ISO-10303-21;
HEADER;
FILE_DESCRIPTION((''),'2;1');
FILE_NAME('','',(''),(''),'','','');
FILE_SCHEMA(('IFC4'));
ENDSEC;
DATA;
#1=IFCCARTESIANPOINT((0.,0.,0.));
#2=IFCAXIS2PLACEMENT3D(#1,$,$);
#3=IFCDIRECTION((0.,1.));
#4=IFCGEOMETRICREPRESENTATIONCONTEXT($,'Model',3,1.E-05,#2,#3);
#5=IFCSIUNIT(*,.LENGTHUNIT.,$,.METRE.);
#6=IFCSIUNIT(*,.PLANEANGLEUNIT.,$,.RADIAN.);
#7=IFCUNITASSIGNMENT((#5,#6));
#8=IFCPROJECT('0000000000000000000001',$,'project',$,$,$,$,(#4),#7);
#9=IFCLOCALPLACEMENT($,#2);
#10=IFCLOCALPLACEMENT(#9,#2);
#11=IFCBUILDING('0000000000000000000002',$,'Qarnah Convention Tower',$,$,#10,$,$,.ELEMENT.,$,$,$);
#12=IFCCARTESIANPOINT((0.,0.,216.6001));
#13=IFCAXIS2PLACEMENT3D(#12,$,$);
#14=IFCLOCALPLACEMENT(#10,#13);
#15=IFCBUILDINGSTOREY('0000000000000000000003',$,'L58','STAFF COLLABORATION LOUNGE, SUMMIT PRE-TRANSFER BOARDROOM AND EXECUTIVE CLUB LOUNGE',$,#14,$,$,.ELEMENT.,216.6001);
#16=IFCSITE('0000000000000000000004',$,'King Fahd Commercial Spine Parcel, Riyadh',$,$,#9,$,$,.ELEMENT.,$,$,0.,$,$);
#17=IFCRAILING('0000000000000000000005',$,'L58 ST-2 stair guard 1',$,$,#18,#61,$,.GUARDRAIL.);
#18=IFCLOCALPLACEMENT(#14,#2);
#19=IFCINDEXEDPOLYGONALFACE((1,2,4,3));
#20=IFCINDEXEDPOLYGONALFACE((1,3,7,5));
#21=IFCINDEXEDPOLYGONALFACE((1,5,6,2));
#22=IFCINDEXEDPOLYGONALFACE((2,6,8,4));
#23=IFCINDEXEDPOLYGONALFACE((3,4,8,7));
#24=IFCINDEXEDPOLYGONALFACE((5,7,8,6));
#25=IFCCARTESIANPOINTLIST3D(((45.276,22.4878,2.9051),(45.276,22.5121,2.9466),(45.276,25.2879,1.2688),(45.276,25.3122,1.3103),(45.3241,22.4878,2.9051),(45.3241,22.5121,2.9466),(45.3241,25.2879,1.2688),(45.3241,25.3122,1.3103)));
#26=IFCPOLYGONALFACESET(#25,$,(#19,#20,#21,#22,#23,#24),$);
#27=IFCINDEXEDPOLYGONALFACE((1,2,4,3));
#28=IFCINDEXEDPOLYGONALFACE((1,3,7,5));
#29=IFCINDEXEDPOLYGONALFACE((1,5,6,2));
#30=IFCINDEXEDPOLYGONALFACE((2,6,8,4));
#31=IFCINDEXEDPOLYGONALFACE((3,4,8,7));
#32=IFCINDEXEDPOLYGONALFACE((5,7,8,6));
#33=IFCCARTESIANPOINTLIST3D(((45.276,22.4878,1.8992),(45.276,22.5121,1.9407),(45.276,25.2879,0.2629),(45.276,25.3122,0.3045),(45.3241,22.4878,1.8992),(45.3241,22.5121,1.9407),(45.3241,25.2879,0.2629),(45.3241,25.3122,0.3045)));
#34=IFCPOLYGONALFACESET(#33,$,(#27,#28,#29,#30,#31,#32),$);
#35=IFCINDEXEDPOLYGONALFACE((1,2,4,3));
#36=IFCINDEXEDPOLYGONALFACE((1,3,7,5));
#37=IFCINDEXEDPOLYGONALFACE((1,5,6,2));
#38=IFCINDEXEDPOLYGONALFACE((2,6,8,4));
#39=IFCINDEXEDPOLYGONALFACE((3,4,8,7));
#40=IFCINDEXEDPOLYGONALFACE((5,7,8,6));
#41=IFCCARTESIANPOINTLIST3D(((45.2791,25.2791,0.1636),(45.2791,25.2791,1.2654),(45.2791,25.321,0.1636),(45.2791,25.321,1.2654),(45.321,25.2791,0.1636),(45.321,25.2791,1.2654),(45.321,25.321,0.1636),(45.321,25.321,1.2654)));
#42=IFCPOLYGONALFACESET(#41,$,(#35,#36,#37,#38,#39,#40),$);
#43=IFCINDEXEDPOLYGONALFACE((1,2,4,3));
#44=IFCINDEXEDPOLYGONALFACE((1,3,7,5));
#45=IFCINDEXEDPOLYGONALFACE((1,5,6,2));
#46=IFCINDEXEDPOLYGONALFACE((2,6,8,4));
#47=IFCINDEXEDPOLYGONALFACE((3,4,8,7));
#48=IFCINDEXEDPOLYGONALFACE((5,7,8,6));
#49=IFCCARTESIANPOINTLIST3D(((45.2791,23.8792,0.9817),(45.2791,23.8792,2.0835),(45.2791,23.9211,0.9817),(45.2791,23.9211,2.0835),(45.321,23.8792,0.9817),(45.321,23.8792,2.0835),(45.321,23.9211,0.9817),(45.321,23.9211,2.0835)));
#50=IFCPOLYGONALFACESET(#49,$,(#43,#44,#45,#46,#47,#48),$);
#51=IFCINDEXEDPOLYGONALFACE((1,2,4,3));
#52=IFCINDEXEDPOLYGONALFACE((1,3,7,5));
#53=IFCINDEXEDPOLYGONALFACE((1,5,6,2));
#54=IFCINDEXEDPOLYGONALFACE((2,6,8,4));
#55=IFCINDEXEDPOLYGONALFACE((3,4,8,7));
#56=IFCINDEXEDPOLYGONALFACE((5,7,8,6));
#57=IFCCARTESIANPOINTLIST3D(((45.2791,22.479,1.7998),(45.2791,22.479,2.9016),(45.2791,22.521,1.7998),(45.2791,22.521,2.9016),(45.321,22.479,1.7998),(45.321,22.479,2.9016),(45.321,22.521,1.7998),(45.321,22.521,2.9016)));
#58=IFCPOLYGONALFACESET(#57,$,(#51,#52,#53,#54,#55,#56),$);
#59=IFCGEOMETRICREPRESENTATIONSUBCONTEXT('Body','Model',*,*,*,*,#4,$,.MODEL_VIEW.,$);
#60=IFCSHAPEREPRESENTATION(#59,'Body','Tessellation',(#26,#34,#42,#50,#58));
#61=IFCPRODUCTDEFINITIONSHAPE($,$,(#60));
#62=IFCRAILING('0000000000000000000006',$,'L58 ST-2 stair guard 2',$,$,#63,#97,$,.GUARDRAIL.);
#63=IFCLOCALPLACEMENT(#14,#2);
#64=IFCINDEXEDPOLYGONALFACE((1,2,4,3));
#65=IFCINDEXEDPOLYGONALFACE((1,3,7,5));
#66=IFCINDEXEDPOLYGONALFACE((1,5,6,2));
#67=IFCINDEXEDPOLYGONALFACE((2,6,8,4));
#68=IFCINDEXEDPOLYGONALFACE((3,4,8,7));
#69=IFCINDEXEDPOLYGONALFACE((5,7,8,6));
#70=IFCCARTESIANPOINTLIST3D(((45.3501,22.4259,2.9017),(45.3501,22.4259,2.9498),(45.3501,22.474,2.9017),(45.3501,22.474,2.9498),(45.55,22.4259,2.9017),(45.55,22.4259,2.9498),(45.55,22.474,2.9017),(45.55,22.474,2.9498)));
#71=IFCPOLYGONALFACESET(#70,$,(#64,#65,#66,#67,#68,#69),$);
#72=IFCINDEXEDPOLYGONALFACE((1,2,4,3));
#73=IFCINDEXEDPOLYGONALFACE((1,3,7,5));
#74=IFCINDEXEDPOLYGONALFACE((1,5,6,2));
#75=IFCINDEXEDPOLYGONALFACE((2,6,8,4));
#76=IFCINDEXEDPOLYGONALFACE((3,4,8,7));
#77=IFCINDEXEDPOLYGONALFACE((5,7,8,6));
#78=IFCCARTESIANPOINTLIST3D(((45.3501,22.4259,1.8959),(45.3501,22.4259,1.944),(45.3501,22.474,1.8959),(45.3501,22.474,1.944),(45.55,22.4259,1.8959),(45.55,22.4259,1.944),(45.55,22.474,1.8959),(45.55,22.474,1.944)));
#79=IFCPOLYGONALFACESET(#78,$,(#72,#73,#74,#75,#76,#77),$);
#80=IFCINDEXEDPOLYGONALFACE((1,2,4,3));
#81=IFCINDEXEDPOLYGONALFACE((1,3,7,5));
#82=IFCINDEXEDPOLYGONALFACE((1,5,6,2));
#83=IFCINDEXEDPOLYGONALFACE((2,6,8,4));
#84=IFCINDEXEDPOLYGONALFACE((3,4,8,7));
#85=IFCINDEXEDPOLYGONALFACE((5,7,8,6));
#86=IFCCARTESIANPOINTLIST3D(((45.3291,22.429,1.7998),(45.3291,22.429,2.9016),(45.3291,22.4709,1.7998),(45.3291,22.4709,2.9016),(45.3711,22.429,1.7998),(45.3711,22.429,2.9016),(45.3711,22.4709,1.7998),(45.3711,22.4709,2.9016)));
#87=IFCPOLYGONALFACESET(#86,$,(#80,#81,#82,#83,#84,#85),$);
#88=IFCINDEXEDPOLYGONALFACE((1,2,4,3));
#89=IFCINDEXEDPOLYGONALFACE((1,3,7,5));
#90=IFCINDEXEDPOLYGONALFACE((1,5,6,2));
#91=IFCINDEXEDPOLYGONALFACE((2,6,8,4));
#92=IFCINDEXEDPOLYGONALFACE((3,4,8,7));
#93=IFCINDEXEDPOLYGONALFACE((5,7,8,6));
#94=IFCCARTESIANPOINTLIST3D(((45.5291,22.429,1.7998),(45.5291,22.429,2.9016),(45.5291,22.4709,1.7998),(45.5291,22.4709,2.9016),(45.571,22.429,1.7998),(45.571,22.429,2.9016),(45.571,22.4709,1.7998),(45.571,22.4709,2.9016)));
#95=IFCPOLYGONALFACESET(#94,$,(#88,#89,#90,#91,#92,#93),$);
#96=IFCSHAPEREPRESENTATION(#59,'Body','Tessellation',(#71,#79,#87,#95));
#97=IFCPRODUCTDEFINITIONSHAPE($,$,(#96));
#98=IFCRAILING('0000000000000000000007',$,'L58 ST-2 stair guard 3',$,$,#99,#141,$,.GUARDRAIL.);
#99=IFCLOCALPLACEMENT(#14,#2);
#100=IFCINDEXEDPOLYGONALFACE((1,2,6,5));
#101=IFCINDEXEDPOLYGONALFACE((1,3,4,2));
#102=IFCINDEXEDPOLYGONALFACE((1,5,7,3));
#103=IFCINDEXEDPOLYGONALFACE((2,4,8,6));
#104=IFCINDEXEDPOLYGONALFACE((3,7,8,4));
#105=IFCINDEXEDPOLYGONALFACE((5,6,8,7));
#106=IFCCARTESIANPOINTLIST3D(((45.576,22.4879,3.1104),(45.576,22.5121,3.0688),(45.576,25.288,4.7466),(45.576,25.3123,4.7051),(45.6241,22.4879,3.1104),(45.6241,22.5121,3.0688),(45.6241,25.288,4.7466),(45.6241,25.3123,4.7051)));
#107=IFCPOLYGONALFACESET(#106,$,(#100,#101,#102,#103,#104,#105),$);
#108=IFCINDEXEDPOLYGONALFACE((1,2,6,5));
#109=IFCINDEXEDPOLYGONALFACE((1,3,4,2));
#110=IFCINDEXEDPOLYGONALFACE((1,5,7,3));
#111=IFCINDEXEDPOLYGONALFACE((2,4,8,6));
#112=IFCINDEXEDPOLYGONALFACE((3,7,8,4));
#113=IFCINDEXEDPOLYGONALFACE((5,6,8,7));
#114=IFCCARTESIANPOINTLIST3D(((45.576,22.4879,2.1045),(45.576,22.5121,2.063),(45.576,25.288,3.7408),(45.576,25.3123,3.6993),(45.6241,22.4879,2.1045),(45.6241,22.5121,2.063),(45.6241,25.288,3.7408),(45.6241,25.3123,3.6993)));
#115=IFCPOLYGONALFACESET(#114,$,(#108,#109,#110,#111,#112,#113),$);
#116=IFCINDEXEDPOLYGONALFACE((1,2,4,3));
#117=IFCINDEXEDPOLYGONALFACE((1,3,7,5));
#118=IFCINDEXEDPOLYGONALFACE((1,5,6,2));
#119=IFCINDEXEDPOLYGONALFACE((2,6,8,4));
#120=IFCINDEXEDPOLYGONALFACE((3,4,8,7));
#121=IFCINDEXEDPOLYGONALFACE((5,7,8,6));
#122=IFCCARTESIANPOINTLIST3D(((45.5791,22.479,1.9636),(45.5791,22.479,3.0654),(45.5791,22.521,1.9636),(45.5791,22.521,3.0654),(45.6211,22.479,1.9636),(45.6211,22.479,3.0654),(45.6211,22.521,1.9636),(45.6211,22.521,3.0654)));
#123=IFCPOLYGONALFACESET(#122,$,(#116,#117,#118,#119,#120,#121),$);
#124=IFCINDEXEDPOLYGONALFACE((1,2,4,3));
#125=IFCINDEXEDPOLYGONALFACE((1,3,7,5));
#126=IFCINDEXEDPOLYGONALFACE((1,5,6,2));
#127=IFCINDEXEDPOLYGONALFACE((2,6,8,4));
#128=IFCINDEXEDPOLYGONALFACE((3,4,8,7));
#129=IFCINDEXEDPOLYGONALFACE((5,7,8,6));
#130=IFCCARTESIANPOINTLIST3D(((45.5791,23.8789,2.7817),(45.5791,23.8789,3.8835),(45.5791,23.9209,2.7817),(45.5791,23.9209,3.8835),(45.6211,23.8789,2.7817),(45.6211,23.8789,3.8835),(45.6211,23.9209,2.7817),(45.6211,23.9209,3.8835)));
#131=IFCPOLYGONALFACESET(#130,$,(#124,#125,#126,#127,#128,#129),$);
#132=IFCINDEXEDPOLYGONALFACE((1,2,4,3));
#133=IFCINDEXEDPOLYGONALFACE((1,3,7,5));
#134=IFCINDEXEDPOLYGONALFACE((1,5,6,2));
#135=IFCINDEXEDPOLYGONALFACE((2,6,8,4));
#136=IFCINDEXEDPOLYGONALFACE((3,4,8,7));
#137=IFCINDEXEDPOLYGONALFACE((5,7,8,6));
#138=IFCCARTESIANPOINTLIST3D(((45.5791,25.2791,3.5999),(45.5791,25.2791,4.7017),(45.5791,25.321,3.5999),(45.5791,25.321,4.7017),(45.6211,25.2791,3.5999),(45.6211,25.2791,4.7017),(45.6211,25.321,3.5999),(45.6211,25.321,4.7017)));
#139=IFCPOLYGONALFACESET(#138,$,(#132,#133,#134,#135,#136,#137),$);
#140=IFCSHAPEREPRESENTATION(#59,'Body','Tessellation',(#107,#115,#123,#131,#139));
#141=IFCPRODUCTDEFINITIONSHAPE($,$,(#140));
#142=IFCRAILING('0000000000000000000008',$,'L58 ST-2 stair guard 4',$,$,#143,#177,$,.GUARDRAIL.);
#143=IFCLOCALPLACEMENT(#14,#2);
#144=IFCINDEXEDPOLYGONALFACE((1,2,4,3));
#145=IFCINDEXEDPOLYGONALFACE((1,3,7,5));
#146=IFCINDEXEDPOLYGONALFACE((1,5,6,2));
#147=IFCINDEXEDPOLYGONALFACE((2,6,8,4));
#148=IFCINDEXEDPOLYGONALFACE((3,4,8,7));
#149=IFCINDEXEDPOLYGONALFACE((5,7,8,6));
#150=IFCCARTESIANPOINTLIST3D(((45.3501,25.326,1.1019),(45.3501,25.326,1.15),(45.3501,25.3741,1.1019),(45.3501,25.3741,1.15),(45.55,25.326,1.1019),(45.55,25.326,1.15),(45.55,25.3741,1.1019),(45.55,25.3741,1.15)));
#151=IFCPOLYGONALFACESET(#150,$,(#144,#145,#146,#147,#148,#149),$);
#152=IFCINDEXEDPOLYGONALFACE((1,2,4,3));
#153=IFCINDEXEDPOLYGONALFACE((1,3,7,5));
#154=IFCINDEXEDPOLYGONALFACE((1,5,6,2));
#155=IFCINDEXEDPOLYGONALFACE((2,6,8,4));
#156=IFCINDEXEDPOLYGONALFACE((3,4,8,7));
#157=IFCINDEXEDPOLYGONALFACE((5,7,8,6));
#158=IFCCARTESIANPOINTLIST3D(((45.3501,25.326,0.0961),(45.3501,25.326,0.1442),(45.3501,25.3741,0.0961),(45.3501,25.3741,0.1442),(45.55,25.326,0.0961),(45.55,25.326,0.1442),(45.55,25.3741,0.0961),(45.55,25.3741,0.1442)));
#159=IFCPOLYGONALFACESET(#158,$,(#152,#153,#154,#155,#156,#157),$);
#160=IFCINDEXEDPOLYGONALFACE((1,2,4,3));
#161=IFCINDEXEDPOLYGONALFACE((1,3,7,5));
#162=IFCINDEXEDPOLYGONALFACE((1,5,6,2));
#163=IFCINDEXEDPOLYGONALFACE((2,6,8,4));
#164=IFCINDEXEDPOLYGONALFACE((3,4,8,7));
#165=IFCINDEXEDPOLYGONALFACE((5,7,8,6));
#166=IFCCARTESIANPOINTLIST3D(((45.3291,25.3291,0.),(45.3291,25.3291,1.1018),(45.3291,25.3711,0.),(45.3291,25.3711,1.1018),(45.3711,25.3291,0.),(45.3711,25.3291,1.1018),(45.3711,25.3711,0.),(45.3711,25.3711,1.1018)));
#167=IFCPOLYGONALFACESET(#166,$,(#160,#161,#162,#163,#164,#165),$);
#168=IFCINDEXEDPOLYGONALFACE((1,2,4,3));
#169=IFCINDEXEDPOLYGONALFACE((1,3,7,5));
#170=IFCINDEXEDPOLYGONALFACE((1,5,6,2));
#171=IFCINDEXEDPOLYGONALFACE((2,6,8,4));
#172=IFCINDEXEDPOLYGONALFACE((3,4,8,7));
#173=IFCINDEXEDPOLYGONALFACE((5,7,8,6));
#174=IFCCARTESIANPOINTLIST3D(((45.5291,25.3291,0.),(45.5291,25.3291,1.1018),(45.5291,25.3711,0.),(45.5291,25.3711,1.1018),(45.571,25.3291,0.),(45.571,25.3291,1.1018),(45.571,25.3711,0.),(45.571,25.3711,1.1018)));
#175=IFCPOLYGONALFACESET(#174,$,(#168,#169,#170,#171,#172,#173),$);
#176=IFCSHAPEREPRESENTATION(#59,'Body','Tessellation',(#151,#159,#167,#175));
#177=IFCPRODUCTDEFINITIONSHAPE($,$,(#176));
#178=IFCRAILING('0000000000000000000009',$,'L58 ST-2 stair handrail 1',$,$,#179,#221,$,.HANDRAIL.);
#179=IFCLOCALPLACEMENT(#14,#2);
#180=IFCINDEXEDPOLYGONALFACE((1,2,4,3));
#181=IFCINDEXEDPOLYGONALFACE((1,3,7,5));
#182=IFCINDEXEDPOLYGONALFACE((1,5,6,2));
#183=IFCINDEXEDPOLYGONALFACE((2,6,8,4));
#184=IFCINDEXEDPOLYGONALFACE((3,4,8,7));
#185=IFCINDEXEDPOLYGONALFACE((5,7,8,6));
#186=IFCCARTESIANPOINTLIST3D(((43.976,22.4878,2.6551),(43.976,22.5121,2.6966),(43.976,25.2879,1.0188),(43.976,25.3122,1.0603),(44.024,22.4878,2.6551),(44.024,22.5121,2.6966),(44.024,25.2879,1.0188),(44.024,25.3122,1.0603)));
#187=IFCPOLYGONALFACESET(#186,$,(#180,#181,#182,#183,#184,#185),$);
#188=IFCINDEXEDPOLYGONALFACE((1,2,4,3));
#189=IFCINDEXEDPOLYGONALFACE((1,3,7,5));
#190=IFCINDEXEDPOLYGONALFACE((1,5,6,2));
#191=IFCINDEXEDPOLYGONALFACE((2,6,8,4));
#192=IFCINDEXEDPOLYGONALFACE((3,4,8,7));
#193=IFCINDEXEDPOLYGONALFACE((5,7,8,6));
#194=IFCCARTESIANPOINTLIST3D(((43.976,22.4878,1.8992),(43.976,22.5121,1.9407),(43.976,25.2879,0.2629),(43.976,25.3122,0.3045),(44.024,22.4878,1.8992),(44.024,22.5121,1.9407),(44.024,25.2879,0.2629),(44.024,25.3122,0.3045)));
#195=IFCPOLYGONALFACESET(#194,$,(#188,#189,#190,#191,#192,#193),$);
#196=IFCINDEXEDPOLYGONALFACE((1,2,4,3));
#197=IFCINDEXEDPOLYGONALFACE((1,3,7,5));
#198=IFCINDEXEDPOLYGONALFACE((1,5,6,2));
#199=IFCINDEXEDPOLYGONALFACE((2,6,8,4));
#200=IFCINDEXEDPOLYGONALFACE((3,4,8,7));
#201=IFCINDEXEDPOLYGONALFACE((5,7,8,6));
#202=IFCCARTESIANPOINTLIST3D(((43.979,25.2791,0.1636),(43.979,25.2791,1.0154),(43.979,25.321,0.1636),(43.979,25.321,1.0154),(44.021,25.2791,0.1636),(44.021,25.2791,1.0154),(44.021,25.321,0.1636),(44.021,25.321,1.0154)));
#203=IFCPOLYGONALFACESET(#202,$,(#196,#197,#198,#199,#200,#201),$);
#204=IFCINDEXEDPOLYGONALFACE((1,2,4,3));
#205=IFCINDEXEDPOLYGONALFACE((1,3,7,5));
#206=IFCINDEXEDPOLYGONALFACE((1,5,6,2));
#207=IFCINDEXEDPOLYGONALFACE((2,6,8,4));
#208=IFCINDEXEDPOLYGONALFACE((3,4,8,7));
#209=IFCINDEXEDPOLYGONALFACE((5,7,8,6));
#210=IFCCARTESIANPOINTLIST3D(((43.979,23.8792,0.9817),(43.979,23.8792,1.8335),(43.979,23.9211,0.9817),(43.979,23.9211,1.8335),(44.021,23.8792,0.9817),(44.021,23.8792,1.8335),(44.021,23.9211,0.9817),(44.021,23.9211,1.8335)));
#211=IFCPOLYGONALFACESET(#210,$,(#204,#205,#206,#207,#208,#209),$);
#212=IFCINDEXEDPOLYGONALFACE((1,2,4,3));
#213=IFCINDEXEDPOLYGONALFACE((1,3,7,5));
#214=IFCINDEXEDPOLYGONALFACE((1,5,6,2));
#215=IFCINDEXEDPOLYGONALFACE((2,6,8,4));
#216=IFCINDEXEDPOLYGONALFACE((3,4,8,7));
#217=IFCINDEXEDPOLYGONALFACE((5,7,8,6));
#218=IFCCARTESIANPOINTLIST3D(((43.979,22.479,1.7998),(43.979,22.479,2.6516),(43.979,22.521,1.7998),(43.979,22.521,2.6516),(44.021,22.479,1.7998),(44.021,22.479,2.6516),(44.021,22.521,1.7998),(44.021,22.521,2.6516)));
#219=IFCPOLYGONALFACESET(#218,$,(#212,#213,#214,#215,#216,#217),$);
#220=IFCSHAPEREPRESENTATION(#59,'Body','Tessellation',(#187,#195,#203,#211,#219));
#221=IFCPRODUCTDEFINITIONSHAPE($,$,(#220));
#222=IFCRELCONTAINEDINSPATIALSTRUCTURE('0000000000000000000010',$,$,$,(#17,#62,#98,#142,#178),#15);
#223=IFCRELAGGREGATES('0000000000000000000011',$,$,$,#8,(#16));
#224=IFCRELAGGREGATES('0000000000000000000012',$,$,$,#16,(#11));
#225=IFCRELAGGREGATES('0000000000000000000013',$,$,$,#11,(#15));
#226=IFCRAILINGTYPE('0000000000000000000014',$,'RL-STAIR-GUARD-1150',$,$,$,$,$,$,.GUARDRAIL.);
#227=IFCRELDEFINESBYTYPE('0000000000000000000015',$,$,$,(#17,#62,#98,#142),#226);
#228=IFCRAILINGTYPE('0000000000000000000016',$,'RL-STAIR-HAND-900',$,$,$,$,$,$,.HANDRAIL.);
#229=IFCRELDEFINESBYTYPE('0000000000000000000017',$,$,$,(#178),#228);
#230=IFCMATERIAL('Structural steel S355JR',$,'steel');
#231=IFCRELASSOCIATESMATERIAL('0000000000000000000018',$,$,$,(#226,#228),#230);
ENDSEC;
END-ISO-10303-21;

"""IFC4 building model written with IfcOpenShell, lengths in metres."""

from ifc_helpers import new_model, si_unit, direction, frame, origin, origin_2d, place, context, subcontext, project, spatial, rectangle, extrude, material, type_object, element, save


model = new_model("IFC4")

# Units and contexts
model_context = context("Model", 3, precision=1e-05, world=origin(), true_north=direction((0.0, 1.0)))
body_context = subcontext(model_context, "Body", "Model", "MODEL_VIEW")
ifc_project = project(units=[si_unit("LENGTHUNIT", "METRE"), si_unit("PLANEANGLEUNIT", "RADIAN")], contexts=[model_context])

# Site, building, storey
site_placement = place(None, origin())
site = spatial("IfcSite", under=ifc_project, at=site_placement, Name="King Fahd Commercial Spine Parcel, Riyadh", CompositionType="ELEMENT", RefElevation=0.0)
building_placement = place(site_placement, origin())
building = spatial("IfcBuilding", under=site, at=building_placement, Name="Qarnah Convention Tower", CompositionType="ELEMENT")
storey_placement = place(building_placement, frame((0.0, 0.0, 216.6001)))
storey = spatial("IfcBuildingStorey", under=building, at=storey_placement, Name="L58", Description="STAFF COLLABORATION LOUNGE, SUMMIT PRE-TRANSFER BOARDROOM AND EXECUTIVE CLUB LOUNGE", CompositionType="ELEMENT", Elevation=216.6001)

# Shared definitions
ifc_material_1 = material(Name="Structural steel S355JR", Category="steel")

# Railings
railing_type_1 = type_object("IfcRailingType", Name="RL-STAIR-GUARD-1150", PredefinedType="GUARDRAIL", material=ifc_material_1)
railing_1_placement = place(storey_placement, frame((45.3, 25.3, 0.1636)))
element("IfcRailing", 1, at=railing_1_placement, inside=storey, type_object=railing_type_1, Name="L58 ST-2 stair guard 1", PredefinedType="GUARDRAIL", context=body_context, shape_type="SweptSolid", body=[
    extrude(rectangle(XDim=0.0481, YDim=0.0481, at=origin_2d()), frame((0.0, 0.0, 1.126), z_axis=(0.0, -0.863394, 0.504531), x_axis=(1.0, 0.0, 0.0)), (0.0, 0.0, 1.0), 3.2432),
    extrude(rectangle(XDim=0.0481, YDim=0.0481, at=origin_2d()), frame((0.0, 0.0, 0.1201), z_axis=(0.0, -0.863394, 0.504531), x_axis=(1.0, 0.0, 0.0)), (0.0, 0.0, 1.0), 3.2432),
    extrude(rectangle(XDim=0.042, YDim=0.042, at=origin_2d()), origin(), (0.0, 0.0, 1.0), 1.1018),
    extrude(rectangle(XDim=0.042, YDim=0.042, at=origin_2d()), frame((0.0, -1.3999, 0.8181)), (0.0, 0.0, 1.0), 1.1018),
    extrude(rectangle(XDim=0.042, YDim=0.042, at=origin_2d()), frame((0.0, -2.8, 1.6362)), (0.0, 0.0, 1.0), 1.1018),
])
railing_2_placement = place(storey_placement, frame((45.3501, 22.45, 1.7998)))
element("IfcRailing", 2, at=railing_2_placement, inside=storey, type_object=railing_type_1, Name="L58 ST-2 stair guard 2", PredefinedType="GUARDRAIL", context=body_context, shape_type="SweptSolid", body=[
    extrude(rectangle(XDim=0.0481, YDim=0.0481, at=origin_2d()), frame((0.0, 0.0, 1.126), z_axis=(1.0, 0.0, 0.0), x_axis=(0.0, 1.0, 0.0)), (0.0, 0.0, 1.0), 0.2),
    extrude(rectangle(XDim=0.0481, YDim=0.0481, at=origin_2d()), frame((0.0, 0.0, 0.1201), z_axis=(1.0, 0.0, 0.0), x_axis=(0.0, 1.0, 0.0)), (0.0, 0.0, 1.0), 0.2),
    extrude(rectangle(XDim=0.042, YDim=0.042, at=origin_2d()), origin(), (0.0, 0.0, 1.0), 1.1018),
    extrude(rectangle(XDim=0.042, YDim=0.042, at=origin_2d()), frame((0.2, 0.0, 0.0)), (0.0, 0.0, 1.0), 1.1018),
])
railing_3_placement = place(storey_placement, frame((45.6001, 22.5, 1.9636)))
element("IfcRailing", 3, at=railing_3_placement, inside=storey, type_object=railing_type_1, Name="L58 ST-2 stair guard 3", PredefinedType="GUARDRAIL", context=body_context, shape_type="SweptSolid", body=[
    extrude(rectangle(XDim=0.0481, YDim=0.0481, at=origin_2d()), frame((0.0, 0.0, 1.126), z_axis=(0.0, 0.863394, 0.504531), x_axis=(-1.0, 0.0, 0.0)), (0.0, 0.0, 1.0), 3.2432),
    extrude(rectangle(XDim=0.0481, YDim=0.0481, at=origin_2d()), frame((0.0, 0.0, 0.1201), z_axis=(0.0, 0.863394, 0.504531), x_axis=(-1.0, 0.0, 0.0)), (0.0, 0.0, 1.0), 3.2432),
    extrude(rectangle(XDim=0.042, YDim=0.042, at=origin_2d()), origin(), (0.0, 0.0, 1.0), 1.1018),
    extrude(rectangle(XDim=0.042, YDim=0.042, at=origin_2d()), frame((0.0, 1.3999, 0.8181)), (0.0, 0.0, 1.0), 1.1018),
    extrude(rectangle(XDim=0.042, YDim=0.042, at=origin_2d()), frame((0.0, 2.8, 1.6362)), (0.0, 0.0, 1.0), 1.1018),
])
railing_4_placement = place(storey_placement, frame((45.3501, 25.3501, 0.0)))
element("IfcRailing", 4, at=railing_4_placement, inside=storey, type_object=railing_type_1, Name="L58 ST-2 stair guard 4", PredefinedType="GUARDRAIL", context=body_context, shape_type="SweptSolid", body=[
    extrude(rectangle(XDim=0.0481, YDim=0.0481, at=origin_2d()), frame((0.0, 0.0, 1.126), z_axis=(1.0, 0.0, 0.0), x_axis=(0.0, 1.0, 0.0)), (0.0, 0.0, 1.0), 0.2),
    extrude(rectangle(XDim=0.0481, YDim=0.0481, at=origin_2d()), frame((0.0, 0.0, 0.1201), z_axis=(1.0, 0.0, 0.0), x_axis=(0.0, 1.0, 0.0)), (0.0, 0.0, 1.0), 0.2),
    extrude(rectangle(XDim=0.042, YDim=0.042, at=origin_2d()), origin(), (0.0, 0.0, 1.0), 1.1018),
    extrude(rectangle(XDim=0.042, YDim=0.042, at=origin_2d()), frame((0.2, 0.0, 0.0)), (0.0, 0.0, 1.0), 1.1018),
])
railing_type_2 = type_object("IfcRailingType", Name="RL-STAIR-HAND-900", PredefinedType="HANDRAIL", material=ifc_material_1)
railing_5_placement = place(storey_placement, frame((44.0, 25.3, 0.1636)))
element("IfcRailing", 5, at=railing_5_placement, inside=storey, type_object=railing_type_2, Name="L58 ST-2 stair handrail 1", PredefinedType="HANDRAIL", context=body_context, shape_type="SweptSolid", body=[
    extrude(rectangle(XDim=0.0481, YDim=0.0481, at=origin_2d()), frame((0.0, 0.0, 0.876), z_axis=(0.0, -0.863394, 0.504531), x_axis=(1.0, 0.0, 0.0)), (0.0, 0.0, 1.0), 3.2432),
    extrude(rectangle(XDim=0.0481, YDim=0.0481, at=origin_2d()), frame((0.0, 0.0, 0.1201), z_axis=(0.0, -0.863394, 0.504531), x_axis=(1.0, 0.0, 0.0)), (0.0, 0.0, 1.0), 3.2432),
    extrude(rectangle(XDim=0.042, YDim=0.042, at=origin_2d()), origin(), (0.0, 0.0, 1.0), 0.8518),
    extrude(rectangle(XDim=0.042, YDim=0.042, at=origin_2d()), frame((0.0, -1.3999, 0.8181)), (0.0, 0.0, 1.0), 0.8518),
    extrude(rectangle(XDim=0.042, YDim=0.042, at=origin_2d()), frame((0.0, -2.8, 1.6362)), (0.0, 0.0, 1.0), 0.8518),
])

save(model, "model.ifc")
